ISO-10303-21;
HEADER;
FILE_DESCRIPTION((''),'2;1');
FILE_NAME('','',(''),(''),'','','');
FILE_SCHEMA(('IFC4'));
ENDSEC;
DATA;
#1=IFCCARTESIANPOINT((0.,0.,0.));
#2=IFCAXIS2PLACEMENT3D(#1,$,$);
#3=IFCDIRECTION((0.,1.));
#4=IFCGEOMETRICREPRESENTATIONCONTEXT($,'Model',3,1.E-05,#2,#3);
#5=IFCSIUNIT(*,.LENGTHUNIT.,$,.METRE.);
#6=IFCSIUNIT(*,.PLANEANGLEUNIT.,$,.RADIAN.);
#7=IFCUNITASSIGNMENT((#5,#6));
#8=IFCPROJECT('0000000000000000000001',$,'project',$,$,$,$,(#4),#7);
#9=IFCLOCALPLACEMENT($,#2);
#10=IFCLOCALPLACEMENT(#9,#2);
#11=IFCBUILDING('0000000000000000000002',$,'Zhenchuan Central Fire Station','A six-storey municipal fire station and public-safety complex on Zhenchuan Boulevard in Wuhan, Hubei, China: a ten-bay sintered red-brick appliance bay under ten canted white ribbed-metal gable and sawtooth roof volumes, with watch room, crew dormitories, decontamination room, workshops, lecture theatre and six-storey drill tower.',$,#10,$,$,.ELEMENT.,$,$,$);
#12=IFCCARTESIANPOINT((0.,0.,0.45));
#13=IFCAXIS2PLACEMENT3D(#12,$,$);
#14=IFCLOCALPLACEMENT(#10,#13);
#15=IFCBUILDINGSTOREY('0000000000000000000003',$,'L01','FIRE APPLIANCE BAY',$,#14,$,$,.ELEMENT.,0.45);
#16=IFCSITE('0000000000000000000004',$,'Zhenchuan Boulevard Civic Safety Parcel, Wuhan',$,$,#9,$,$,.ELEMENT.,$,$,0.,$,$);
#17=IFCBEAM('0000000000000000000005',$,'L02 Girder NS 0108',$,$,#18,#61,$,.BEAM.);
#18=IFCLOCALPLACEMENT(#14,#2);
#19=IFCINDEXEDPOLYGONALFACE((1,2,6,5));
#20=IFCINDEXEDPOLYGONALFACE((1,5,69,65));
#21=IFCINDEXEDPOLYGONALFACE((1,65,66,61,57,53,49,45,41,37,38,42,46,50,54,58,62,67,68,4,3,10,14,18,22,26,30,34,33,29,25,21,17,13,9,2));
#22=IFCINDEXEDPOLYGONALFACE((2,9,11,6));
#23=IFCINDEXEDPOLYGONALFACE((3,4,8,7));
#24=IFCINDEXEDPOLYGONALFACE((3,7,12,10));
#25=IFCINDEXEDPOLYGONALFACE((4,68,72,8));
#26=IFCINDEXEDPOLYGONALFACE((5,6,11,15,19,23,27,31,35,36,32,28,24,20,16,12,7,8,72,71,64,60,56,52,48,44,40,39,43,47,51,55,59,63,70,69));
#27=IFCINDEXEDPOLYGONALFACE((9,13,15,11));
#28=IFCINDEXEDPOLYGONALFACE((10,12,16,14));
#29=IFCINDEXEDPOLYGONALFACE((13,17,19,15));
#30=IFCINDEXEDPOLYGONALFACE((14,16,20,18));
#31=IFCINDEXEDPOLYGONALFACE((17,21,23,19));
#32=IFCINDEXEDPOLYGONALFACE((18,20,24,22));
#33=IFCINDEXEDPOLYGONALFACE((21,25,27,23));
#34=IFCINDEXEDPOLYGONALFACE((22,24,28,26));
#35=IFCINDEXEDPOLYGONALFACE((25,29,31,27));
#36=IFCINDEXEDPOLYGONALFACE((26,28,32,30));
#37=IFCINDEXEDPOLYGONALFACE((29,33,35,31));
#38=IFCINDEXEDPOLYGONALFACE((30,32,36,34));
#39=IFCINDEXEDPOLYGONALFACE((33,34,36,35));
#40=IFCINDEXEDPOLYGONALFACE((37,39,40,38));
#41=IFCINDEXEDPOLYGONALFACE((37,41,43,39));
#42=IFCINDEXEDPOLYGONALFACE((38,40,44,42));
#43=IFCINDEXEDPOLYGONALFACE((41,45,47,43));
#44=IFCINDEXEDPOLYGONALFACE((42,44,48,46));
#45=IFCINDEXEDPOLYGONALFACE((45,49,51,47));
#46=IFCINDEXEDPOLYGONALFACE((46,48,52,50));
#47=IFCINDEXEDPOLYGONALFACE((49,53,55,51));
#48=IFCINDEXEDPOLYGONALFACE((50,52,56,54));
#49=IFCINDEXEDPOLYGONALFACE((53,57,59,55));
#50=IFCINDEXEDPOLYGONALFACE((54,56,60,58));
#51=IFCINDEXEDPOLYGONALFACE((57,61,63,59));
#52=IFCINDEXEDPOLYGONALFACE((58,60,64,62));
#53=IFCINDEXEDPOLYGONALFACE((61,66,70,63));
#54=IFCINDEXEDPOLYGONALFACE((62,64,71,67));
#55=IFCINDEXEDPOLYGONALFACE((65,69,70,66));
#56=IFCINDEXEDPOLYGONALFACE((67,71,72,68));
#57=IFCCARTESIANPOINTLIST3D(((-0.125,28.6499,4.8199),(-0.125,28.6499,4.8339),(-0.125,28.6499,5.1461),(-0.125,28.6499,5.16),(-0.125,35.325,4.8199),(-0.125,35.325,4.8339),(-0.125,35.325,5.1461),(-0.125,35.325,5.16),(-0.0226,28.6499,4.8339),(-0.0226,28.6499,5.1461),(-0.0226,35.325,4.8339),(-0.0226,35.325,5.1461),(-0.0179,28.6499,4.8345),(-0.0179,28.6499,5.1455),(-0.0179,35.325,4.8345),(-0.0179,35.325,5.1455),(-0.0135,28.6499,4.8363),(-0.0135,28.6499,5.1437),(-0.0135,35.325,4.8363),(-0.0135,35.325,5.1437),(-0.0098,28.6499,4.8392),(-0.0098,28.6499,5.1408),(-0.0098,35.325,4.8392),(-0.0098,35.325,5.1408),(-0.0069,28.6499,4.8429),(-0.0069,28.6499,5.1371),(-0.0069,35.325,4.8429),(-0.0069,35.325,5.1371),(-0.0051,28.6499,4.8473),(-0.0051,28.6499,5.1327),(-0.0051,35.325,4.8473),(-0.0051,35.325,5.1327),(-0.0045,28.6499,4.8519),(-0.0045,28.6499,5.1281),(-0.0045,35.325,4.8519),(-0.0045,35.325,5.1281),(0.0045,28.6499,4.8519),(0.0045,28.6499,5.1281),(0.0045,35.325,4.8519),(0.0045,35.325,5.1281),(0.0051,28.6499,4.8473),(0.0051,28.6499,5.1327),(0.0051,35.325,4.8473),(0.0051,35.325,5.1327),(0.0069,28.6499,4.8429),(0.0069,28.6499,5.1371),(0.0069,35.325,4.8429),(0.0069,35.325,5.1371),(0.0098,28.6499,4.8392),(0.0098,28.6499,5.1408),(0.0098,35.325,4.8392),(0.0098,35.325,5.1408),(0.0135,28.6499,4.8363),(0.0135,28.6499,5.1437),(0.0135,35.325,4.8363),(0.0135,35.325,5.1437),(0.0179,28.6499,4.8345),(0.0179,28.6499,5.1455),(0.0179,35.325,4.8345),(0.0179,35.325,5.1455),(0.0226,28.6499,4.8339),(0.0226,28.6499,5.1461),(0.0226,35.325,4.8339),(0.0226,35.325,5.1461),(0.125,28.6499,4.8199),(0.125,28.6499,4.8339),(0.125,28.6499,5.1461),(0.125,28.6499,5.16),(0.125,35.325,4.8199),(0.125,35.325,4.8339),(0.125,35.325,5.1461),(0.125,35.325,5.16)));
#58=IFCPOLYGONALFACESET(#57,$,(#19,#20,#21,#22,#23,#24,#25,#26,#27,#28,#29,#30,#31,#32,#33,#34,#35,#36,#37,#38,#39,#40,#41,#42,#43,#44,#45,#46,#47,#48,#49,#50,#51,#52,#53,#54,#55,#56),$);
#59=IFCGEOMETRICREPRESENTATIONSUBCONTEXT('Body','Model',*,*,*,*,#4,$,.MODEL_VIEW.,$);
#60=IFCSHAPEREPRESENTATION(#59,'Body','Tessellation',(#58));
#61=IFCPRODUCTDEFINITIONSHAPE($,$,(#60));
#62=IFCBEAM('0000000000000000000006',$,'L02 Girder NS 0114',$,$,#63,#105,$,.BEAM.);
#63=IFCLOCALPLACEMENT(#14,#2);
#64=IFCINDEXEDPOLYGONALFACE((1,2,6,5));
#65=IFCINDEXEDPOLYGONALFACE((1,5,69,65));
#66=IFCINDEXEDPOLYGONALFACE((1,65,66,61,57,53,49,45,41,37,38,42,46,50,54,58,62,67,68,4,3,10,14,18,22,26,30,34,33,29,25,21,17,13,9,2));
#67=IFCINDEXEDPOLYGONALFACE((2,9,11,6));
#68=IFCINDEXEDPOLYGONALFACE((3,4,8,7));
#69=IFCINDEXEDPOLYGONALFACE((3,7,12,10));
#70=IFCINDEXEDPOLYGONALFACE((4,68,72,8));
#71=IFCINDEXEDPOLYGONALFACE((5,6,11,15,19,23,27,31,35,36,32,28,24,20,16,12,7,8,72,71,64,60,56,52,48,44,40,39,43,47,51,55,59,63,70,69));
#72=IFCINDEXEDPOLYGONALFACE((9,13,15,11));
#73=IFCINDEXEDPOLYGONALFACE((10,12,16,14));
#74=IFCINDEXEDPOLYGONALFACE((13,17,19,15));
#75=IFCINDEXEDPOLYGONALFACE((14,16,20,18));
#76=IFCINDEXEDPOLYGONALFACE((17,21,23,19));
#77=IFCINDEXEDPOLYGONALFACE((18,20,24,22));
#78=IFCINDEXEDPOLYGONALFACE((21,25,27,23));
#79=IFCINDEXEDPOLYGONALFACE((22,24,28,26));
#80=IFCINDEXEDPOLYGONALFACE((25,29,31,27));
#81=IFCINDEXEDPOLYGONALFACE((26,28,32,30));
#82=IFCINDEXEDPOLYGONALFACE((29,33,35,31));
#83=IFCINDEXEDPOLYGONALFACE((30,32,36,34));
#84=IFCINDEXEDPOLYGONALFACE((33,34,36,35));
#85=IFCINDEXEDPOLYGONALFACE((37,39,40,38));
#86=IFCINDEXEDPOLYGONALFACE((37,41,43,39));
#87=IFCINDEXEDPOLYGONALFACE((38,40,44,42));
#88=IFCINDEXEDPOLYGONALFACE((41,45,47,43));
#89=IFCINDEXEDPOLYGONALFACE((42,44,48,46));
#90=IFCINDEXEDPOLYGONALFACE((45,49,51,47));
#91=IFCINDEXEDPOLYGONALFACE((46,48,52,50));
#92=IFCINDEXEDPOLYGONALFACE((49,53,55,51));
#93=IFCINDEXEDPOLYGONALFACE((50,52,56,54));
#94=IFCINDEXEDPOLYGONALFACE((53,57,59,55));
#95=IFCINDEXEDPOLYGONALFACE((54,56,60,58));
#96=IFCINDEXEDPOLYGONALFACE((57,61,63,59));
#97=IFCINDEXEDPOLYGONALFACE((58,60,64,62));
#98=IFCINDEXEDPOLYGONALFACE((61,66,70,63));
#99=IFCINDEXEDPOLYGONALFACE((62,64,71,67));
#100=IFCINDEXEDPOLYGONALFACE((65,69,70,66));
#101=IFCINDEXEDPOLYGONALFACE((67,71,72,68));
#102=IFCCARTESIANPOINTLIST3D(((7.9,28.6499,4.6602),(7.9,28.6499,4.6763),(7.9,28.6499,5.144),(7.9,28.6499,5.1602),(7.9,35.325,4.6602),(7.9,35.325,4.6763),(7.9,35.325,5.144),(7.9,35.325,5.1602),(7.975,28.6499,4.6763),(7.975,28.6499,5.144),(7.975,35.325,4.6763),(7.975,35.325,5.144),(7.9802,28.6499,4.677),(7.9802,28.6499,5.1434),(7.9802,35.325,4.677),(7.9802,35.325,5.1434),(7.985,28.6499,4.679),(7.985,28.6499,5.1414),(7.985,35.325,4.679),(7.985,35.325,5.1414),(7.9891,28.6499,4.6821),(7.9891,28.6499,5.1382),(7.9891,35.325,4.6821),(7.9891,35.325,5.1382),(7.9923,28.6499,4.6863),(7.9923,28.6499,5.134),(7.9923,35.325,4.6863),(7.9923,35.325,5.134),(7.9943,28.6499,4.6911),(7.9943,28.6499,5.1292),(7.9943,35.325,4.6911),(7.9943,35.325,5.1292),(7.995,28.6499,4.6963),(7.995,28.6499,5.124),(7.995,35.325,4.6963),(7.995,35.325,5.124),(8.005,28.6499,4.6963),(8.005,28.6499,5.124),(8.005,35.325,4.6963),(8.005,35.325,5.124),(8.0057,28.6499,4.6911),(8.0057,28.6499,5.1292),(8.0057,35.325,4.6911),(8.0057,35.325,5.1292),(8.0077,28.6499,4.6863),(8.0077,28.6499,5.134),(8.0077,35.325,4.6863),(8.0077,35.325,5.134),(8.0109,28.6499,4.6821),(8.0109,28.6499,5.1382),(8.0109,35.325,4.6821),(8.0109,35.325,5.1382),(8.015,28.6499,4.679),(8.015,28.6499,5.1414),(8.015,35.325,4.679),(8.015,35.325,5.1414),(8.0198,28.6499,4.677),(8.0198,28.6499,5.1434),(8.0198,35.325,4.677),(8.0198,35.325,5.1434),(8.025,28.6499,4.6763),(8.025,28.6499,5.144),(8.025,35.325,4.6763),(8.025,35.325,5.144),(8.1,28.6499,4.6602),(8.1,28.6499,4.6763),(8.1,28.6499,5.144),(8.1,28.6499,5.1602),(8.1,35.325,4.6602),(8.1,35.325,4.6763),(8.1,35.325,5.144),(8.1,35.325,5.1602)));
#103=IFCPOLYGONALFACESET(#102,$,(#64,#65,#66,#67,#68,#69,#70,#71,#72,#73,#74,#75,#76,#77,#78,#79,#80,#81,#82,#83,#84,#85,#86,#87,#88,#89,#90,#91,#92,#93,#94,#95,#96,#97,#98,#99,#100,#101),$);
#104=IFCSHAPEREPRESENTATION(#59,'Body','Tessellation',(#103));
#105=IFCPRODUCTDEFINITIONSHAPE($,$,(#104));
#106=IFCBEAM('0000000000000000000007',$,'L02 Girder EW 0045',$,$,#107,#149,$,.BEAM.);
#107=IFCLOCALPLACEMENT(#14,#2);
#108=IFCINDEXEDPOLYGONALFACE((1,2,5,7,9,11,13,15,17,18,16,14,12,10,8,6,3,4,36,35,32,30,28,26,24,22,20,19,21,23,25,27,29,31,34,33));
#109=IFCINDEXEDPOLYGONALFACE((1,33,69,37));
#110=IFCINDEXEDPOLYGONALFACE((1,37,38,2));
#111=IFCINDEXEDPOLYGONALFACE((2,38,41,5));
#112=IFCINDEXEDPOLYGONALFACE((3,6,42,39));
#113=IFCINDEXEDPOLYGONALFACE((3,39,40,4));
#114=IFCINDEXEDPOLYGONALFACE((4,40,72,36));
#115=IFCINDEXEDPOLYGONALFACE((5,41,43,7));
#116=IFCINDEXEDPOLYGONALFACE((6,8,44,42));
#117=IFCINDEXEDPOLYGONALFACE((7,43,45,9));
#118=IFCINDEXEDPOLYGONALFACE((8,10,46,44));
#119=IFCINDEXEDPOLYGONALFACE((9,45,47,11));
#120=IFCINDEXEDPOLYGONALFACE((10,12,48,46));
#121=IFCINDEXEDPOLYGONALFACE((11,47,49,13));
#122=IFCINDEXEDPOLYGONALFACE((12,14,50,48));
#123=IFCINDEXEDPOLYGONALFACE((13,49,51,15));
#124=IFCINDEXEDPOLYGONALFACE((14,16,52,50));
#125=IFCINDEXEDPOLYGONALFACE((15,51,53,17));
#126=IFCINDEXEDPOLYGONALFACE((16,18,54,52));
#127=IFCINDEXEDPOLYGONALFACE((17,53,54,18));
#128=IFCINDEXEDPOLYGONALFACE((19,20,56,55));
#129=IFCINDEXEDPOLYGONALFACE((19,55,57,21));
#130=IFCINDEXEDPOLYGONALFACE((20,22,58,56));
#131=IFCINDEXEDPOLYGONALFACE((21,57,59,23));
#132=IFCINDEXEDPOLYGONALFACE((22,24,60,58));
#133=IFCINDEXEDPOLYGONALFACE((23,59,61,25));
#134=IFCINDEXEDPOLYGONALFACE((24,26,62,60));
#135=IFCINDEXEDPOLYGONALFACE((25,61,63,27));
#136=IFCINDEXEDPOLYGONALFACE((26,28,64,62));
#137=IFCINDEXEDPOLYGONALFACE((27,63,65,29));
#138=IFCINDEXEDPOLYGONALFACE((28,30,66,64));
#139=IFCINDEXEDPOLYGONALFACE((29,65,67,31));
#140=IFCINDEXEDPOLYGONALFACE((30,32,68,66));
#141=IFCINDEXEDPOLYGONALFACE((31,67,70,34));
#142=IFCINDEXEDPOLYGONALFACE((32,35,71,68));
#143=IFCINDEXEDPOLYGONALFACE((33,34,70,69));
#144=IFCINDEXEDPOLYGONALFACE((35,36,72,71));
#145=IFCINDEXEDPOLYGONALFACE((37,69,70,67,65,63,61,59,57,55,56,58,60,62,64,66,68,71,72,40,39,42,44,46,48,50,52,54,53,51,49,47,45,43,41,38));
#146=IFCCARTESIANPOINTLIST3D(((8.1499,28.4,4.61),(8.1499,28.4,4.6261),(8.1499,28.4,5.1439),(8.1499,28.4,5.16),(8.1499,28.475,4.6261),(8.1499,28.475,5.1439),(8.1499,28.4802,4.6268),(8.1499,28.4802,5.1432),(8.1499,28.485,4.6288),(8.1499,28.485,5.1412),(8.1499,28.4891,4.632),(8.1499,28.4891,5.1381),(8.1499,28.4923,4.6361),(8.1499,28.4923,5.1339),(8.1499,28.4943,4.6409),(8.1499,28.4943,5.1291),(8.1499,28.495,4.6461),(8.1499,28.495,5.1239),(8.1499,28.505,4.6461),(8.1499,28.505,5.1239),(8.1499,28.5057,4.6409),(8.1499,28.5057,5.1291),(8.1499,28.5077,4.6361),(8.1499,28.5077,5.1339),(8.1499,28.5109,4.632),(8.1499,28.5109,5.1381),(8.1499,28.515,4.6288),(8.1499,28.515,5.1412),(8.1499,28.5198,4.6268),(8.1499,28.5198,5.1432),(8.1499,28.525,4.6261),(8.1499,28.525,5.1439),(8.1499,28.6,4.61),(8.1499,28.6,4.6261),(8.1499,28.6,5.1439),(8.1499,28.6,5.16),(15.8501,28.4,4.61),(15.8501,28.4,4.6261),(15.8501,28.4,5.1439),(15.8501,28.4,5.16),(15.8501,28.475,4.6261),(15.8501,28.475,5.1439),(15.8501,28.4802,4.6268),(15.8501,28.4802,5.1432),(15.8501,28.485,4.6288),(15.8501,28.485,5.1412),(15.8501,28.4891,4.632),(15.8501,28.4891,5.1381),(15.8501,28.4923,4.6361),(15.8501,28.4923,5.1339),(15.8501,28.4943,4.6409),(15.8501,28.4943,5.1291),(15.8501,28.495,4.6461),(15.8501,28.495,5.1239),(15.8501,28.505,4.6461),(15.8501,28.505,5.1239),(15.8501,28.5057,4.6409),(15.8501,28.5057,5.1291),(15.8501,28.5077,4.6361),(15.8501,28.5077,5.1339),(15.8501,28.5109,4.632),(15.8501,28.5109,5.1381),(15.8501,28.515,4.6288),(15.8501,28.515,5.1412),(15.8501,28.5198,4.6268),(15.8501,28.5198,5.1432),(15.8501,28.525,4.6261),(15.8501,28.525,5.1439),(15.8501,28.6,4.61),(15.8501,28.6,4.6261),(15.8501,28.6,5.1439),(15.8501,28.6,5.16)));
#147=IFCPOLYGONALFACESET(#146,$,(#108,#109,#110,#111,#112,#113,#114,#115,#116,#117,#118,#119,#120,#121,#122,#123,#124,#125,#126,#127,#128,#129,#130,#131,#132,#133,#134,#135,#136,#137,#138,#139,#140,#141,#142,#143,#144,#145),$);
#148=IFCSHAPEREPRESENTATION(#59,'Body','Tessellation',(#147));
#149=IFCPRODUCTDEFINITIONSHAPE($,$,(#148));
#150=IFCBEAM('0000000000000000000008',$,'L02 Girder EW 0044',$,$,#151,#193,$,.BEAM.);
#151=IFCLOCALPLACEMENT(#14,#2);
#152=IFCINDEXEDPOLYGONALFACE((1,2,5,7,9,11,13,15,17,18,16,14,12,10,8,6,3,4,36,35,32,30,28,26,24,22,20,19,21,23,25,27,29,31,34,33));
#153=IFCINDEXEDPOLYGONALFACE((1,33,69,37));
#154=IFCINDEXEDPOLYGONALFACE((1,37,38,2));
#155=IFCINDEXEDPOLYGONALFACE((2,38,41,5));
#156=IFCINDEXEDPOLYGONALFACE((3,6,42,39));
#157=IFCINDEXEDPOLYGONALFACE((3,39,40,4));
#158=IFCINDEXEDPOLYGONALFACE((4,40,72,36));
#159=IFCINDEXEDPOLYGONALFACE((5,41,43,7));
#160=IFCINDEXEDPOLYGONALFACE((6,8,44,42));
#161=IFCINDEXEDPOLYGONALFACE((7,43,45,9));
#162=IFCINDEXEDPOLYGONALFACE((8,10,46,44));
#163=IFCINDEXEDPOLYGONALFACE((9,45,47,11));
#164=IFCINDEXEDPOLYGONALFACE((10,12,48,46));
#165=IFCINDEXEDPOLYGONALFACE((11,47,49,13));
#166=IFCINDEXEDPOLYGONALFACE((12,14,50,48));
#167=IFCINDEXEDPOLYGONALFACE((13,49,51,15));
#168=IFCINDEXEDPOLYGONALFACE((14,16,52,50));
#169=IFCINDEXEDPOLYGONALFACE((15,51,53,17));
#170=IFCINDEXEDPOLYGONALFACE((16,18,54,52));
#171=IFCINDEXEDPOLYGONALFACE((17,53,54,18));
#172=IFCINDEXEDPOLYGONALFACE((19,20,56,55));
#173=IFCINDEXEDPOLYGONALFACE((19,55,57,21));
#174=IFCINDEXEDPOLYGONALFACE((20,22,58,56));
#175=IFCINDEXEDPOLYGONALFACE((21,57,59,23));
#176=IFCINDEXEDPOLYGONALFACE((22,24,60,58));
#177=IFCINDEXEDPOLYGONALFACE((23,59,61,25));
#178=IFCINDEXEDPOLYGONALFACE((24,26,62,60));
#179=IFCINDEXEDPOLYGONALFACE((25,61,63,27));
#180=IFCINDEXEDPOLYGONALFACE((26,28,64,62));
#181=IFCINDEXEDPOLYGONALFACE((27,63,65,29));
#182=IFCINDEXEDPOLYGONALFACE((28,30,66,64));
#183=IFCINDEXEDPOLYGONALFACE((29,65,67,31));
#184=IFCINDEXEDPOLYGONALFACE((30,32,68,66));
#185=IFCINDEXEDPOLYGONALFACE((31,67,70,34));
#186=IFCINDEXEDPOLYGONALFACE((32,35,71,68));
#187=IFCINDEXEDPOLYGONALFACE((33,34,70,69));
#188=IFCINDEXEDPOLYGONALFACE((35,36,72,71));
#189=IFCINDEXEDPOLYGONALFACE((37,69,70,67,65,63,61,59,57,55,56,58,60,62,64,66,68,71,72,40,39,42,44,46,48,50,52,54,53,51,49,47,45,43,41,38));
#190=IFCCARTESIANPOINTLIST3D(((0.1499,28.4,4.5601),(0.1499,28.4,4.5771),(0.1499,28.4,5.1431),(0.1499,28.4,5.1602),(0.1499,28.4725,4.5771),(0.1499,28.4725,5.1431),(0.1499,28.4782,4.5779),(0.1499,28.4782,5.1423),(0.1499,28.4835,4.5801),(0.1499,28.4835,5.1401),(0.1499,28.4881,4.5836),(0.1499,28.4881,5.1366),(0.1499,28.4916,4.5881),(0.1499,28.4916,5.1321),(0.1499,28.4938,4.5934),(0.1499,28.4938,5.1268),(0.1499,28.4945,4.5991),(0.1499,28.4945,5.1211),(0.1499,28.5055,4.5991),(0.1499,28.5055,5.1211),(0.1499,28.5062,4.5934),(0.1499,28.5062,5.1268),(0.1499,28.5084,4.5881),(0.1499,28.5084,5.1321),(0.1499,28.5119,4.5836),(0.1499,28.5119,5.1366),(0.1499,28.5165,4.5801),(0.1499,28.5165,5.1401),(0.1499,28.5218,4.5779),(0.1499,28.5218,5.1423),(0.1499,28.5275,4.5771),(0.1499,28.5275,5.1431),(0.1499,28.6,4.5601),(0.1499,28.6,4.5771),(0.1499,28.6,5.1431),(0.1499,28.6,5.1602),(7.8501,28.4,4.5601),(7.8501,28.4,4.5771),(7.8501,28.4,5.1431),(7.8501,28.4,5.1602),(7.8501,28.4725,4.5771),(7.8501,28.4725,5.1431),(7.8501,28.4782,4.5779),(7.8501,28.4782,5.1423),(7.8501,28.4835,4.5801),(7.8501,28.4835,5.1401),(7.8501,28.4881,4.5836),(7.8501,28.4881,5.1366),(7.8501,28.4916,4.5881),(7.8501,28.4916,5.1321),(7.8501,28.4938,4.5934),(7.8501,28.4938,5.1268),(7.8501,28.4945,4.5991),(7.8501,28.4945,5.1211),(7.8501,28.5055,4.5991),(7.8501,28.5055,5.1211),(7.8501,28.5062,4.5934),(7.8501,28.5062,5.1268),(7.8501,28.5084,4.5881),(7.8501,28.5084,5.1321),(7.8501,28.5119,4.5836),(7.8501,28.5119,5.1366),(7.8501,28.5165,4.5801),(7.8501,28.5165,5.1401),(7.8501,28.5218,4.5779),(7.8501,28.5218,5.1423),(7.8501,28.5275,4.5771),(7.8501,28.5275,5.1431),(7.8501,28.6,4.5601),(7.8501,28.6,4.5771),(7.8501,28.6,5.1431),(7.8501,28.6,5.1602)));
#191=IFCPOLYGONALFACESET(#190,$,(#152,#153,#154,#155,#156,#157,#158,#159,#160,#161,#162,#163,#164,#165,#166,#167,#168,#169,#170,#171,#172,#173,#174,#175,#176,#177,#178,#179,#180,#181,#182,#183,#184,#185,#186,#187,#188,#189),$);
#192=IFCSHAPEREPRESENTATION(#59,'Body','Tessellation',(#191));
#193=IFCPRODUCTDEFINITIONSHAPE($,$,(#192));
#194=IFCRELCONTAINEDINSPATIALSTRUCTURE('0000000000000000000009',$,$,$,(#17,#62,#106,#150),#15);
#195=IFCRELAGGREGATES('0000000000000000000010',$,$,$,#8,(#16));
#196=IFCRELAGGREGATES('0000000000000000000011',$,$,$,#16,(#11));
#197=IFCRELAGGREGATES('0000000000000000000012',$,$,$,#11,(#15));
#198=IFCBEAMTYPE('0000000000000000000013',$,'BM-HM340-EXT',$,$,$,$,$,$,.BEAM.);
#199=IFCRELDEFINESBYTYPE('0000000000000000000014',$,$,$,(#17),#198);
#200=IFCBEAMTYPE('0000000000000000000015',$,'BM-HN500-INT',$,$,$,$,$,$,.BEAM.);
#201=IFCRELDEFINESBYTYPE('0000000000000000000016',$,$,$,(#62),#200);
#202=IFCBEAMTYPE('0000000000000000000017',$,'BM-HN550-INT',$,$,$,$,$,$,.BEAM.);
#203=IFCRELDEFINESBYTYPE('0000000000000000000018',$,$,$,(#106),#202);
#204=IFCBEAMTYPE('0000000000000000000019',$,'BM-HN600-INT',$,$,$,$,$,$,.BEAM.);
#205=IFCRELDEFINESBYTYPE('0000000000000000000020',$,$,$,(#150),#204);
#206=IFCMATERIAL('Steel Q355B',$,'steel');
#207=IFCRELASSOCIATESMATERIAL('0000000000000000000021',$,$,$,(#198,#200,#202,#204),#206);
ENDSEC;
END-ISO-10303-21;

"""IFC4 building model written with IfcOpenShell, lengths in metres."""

from ifc_helpers import new_model, si_unit, direction, frame, origin, origin_2d, place, context, subcontext, project, spatial, i_section, extrude, material, material_profile, profile_set, type_object, element, save


model = new_model("IFC4")

# Units and contexts
model_context = context("Model", 3, precision=1e-05, world=origin(), true_north=direction((0.0, 1.0)))
body_context = subcontext(model_context, "Body", "Model", "MODEL_VIEW")
ifc_project = project(units=[si_unit("LENGTHUNIT", "METRE"), si_unit("PLANEANGLEUNIT", "RADIAN")], contexts=[model_context])

# Site, building, storey
site_placement = place(None, origin())
site = spatial("IfcSite", under=ifc_project, at=site_placement, Name="Zhenchuan Boulevard Civic Safety Parcel, Wuhan", CompositionType="ELEMENT", RefElevation=0.0)
building_placement = place(site_placement, origin())
building = spatial("IfcBuilding", under=site, at=building_placement, Name="Zhenchuan Central Fire Station", Description="A six-storey municipal fire station and public-safety complex on Zhenchuan Boulevard in Wuhan, Hubei, China: a ten-bay sintered red-brick appliance bay under ten canted white ribbed-metal gable and sawtooth roof volumes, with watch room, crew dormitories, decontamination room, workshops, lecture theatre and six-storey drill tower.", CompositionType="ELEMENT")
storey_placement = place(building_placement, frame((0.0, 0.0, 0.45)))
storey = spatial("IfcBuildingStorey", under=building, at=storey_placement, Name="L01", Description="FIRE APPLIANCE BAY", CompositionType="ELEMENT", Elevation=0.45)

# Shared definitions
ifc_material_1 = material(Name="Steel Q355B", Category="steel")

# Beams
ifc_material_profile_1 = material_profile(ifc_material_1, i_section(OverallWidth=0.25, OverallDepth=0.3401, WebThickness=0.009, FlangeThickness=0.0139, FilletRadius=0.0181, at=origin_2d()), Name="HM 340x250")
ifc_profile_set_1 = profile_set([ifc_material_profile_1], Name="Steel Q355B")
beam_type_1 = type_object("IfcBeamType", Name="BM-HM340-EXT", PredefinedType="BEAM", material=ifc_profile_set_1)
beam_1_placement = place(storey_placement, frame((0.0, 28.6499, 4.99), z_axis=(0.0, 1.0, 0.0), x_axis=(-1.0, 0.0, 0.0)))
element("IfcBeam", 1, at=beam_1_placement, inside=storey, type_object=beam_type_1, Name="L02 Girder NS 0108", PredefinedType="BEAM", context=body_context, shape_type="SweptSolid", body=[
    extrude(i_section(OverallWidth=0.25, OverallDepth=0.3401, WebThickness=0.009, FlangeThickness=0.0139, FilletRadius=0.0181, at=origin_2d()), origin(), (0.0, 0.0, 1.0), 6.675),
])
ifc_material_profile_2 = material_profile(ifc_material_1, i_section(OverallWidth=0.2, OverallDepth=0.5, WebThickness=0.01, FlangeThickness=0.0161, FilletRadius=0.02, at=origin_2d()), Name="HN 500x200")
ifc_profile_set_2 = profile_set([ifc_material_profile_2], Name="Steel Q355B")
beam_type_2 = type_object("IfcBeamType", Name="BM-HN500-INT", PredefinedType="BEAM", material=ifc_profile_set_2)
beam_2_placement = place(storey_placement, frame((8.0, 28.6499, 4.9102), z_axis=(0.0, 1.0, 0.0), x_axis=(-1.0, 0.0, 0.0)))
element("IfcBeam", 2, at=beam_2_placement, inside=storey, type_object=beam_type_2, Name="L02 Girder NS 0114", PredefinedType="BEAM", context=body_context, shape_type="SweptSolid", body=[
    extrude(i_section(OverallWidth=0.2, OverallDepth=0.5, WebThickness=0.01, FlangeThickness=0.0161, FilletRadius=0.02, at=origin_2d()), origin(), (0.0, 0.0, 1.0), 6.675),
])
ifc_material_profile_3 = material_profile(ifc_material_1, i_section(OverallWidth=0.2, OverallDepth=0.55, WebThickness=0.01, FlangeThickness=0.0161, FilletRadius=0.02, at=origin_2d()), Name="HN 550x200")
ifc_profile_set_3 = profile_set([ifc_material_profile_3], Name="Steel Q355B")
beam_type_3 = type_object("IfcBeamType", Name="BM-HN550-INT", PredefinedType="BEAM", material=ifc_profile_set_3)
beam_3_placement = place(storey_placement, frame((8.1499, 28.5, 4.885), z_axis=(1.0, 0.0, 0.0), x_axis=(0.0, 1.0, 0.0)))
element("IfcBeam", 3, at=beam_3_placement, inside=storey, type_object=beam_type_3, Name="L02 Girder EW 0045", PredefinedType="BEAM", context=body_context, shape_type="SweptSolid", body=[
    extrude(i_section(OverallWidth=0.2, OverallDepth=0.55, WebThickness=0.01, FlangeThickness=0.0161, FilletRadius=0.02, at=origin_2d()), origin(), (0.0, 0.0, 1.0), 7.7002),
])
ifc_material_profile_4 = material_profile(ifc_material_1, i_section(OverallWidth=0.2, OverallDepth=0.6001, WebThickness=0.011, FlangeThickness=0.0171, FilletRadius=0.022, at=origin_2d()), Name="HN 600x200")
ifc_profile_set_4 = profile_set([ifc_material_profile_4], Name="Steel Q355B")
beam_type_4 = type_object("IfcBeamType", Name="BM-HN600-INT", PredefinedType="BEAM", material=ifc_profile_set_4)
beam_4_placement = place(storey_placement, frame((0.1499, 28.5, 4.8601), z_axis=(1.0, 0.0, 0.0), x_axis=(0.0, 1.0, 0.0)))
element("IfcBeam", 4, at=beam_4_placement, inside=storey, type_object=beam_type_4, Name="L02 Girder EW 0044", PredefinedType="BEAM", context=body_context, shape_type="SweptSolid", body=[
    extrude(i_section(OverallWidth=0.2, OverallDepth=0.6001, WebThickness=0.011, FlangeThickness=0.0171, FilletRadius=0.022, at=origin_2d()), origin(), (0.0, 0.0, 1.0), 7.7002),
])

save(model, "model.ifc")
